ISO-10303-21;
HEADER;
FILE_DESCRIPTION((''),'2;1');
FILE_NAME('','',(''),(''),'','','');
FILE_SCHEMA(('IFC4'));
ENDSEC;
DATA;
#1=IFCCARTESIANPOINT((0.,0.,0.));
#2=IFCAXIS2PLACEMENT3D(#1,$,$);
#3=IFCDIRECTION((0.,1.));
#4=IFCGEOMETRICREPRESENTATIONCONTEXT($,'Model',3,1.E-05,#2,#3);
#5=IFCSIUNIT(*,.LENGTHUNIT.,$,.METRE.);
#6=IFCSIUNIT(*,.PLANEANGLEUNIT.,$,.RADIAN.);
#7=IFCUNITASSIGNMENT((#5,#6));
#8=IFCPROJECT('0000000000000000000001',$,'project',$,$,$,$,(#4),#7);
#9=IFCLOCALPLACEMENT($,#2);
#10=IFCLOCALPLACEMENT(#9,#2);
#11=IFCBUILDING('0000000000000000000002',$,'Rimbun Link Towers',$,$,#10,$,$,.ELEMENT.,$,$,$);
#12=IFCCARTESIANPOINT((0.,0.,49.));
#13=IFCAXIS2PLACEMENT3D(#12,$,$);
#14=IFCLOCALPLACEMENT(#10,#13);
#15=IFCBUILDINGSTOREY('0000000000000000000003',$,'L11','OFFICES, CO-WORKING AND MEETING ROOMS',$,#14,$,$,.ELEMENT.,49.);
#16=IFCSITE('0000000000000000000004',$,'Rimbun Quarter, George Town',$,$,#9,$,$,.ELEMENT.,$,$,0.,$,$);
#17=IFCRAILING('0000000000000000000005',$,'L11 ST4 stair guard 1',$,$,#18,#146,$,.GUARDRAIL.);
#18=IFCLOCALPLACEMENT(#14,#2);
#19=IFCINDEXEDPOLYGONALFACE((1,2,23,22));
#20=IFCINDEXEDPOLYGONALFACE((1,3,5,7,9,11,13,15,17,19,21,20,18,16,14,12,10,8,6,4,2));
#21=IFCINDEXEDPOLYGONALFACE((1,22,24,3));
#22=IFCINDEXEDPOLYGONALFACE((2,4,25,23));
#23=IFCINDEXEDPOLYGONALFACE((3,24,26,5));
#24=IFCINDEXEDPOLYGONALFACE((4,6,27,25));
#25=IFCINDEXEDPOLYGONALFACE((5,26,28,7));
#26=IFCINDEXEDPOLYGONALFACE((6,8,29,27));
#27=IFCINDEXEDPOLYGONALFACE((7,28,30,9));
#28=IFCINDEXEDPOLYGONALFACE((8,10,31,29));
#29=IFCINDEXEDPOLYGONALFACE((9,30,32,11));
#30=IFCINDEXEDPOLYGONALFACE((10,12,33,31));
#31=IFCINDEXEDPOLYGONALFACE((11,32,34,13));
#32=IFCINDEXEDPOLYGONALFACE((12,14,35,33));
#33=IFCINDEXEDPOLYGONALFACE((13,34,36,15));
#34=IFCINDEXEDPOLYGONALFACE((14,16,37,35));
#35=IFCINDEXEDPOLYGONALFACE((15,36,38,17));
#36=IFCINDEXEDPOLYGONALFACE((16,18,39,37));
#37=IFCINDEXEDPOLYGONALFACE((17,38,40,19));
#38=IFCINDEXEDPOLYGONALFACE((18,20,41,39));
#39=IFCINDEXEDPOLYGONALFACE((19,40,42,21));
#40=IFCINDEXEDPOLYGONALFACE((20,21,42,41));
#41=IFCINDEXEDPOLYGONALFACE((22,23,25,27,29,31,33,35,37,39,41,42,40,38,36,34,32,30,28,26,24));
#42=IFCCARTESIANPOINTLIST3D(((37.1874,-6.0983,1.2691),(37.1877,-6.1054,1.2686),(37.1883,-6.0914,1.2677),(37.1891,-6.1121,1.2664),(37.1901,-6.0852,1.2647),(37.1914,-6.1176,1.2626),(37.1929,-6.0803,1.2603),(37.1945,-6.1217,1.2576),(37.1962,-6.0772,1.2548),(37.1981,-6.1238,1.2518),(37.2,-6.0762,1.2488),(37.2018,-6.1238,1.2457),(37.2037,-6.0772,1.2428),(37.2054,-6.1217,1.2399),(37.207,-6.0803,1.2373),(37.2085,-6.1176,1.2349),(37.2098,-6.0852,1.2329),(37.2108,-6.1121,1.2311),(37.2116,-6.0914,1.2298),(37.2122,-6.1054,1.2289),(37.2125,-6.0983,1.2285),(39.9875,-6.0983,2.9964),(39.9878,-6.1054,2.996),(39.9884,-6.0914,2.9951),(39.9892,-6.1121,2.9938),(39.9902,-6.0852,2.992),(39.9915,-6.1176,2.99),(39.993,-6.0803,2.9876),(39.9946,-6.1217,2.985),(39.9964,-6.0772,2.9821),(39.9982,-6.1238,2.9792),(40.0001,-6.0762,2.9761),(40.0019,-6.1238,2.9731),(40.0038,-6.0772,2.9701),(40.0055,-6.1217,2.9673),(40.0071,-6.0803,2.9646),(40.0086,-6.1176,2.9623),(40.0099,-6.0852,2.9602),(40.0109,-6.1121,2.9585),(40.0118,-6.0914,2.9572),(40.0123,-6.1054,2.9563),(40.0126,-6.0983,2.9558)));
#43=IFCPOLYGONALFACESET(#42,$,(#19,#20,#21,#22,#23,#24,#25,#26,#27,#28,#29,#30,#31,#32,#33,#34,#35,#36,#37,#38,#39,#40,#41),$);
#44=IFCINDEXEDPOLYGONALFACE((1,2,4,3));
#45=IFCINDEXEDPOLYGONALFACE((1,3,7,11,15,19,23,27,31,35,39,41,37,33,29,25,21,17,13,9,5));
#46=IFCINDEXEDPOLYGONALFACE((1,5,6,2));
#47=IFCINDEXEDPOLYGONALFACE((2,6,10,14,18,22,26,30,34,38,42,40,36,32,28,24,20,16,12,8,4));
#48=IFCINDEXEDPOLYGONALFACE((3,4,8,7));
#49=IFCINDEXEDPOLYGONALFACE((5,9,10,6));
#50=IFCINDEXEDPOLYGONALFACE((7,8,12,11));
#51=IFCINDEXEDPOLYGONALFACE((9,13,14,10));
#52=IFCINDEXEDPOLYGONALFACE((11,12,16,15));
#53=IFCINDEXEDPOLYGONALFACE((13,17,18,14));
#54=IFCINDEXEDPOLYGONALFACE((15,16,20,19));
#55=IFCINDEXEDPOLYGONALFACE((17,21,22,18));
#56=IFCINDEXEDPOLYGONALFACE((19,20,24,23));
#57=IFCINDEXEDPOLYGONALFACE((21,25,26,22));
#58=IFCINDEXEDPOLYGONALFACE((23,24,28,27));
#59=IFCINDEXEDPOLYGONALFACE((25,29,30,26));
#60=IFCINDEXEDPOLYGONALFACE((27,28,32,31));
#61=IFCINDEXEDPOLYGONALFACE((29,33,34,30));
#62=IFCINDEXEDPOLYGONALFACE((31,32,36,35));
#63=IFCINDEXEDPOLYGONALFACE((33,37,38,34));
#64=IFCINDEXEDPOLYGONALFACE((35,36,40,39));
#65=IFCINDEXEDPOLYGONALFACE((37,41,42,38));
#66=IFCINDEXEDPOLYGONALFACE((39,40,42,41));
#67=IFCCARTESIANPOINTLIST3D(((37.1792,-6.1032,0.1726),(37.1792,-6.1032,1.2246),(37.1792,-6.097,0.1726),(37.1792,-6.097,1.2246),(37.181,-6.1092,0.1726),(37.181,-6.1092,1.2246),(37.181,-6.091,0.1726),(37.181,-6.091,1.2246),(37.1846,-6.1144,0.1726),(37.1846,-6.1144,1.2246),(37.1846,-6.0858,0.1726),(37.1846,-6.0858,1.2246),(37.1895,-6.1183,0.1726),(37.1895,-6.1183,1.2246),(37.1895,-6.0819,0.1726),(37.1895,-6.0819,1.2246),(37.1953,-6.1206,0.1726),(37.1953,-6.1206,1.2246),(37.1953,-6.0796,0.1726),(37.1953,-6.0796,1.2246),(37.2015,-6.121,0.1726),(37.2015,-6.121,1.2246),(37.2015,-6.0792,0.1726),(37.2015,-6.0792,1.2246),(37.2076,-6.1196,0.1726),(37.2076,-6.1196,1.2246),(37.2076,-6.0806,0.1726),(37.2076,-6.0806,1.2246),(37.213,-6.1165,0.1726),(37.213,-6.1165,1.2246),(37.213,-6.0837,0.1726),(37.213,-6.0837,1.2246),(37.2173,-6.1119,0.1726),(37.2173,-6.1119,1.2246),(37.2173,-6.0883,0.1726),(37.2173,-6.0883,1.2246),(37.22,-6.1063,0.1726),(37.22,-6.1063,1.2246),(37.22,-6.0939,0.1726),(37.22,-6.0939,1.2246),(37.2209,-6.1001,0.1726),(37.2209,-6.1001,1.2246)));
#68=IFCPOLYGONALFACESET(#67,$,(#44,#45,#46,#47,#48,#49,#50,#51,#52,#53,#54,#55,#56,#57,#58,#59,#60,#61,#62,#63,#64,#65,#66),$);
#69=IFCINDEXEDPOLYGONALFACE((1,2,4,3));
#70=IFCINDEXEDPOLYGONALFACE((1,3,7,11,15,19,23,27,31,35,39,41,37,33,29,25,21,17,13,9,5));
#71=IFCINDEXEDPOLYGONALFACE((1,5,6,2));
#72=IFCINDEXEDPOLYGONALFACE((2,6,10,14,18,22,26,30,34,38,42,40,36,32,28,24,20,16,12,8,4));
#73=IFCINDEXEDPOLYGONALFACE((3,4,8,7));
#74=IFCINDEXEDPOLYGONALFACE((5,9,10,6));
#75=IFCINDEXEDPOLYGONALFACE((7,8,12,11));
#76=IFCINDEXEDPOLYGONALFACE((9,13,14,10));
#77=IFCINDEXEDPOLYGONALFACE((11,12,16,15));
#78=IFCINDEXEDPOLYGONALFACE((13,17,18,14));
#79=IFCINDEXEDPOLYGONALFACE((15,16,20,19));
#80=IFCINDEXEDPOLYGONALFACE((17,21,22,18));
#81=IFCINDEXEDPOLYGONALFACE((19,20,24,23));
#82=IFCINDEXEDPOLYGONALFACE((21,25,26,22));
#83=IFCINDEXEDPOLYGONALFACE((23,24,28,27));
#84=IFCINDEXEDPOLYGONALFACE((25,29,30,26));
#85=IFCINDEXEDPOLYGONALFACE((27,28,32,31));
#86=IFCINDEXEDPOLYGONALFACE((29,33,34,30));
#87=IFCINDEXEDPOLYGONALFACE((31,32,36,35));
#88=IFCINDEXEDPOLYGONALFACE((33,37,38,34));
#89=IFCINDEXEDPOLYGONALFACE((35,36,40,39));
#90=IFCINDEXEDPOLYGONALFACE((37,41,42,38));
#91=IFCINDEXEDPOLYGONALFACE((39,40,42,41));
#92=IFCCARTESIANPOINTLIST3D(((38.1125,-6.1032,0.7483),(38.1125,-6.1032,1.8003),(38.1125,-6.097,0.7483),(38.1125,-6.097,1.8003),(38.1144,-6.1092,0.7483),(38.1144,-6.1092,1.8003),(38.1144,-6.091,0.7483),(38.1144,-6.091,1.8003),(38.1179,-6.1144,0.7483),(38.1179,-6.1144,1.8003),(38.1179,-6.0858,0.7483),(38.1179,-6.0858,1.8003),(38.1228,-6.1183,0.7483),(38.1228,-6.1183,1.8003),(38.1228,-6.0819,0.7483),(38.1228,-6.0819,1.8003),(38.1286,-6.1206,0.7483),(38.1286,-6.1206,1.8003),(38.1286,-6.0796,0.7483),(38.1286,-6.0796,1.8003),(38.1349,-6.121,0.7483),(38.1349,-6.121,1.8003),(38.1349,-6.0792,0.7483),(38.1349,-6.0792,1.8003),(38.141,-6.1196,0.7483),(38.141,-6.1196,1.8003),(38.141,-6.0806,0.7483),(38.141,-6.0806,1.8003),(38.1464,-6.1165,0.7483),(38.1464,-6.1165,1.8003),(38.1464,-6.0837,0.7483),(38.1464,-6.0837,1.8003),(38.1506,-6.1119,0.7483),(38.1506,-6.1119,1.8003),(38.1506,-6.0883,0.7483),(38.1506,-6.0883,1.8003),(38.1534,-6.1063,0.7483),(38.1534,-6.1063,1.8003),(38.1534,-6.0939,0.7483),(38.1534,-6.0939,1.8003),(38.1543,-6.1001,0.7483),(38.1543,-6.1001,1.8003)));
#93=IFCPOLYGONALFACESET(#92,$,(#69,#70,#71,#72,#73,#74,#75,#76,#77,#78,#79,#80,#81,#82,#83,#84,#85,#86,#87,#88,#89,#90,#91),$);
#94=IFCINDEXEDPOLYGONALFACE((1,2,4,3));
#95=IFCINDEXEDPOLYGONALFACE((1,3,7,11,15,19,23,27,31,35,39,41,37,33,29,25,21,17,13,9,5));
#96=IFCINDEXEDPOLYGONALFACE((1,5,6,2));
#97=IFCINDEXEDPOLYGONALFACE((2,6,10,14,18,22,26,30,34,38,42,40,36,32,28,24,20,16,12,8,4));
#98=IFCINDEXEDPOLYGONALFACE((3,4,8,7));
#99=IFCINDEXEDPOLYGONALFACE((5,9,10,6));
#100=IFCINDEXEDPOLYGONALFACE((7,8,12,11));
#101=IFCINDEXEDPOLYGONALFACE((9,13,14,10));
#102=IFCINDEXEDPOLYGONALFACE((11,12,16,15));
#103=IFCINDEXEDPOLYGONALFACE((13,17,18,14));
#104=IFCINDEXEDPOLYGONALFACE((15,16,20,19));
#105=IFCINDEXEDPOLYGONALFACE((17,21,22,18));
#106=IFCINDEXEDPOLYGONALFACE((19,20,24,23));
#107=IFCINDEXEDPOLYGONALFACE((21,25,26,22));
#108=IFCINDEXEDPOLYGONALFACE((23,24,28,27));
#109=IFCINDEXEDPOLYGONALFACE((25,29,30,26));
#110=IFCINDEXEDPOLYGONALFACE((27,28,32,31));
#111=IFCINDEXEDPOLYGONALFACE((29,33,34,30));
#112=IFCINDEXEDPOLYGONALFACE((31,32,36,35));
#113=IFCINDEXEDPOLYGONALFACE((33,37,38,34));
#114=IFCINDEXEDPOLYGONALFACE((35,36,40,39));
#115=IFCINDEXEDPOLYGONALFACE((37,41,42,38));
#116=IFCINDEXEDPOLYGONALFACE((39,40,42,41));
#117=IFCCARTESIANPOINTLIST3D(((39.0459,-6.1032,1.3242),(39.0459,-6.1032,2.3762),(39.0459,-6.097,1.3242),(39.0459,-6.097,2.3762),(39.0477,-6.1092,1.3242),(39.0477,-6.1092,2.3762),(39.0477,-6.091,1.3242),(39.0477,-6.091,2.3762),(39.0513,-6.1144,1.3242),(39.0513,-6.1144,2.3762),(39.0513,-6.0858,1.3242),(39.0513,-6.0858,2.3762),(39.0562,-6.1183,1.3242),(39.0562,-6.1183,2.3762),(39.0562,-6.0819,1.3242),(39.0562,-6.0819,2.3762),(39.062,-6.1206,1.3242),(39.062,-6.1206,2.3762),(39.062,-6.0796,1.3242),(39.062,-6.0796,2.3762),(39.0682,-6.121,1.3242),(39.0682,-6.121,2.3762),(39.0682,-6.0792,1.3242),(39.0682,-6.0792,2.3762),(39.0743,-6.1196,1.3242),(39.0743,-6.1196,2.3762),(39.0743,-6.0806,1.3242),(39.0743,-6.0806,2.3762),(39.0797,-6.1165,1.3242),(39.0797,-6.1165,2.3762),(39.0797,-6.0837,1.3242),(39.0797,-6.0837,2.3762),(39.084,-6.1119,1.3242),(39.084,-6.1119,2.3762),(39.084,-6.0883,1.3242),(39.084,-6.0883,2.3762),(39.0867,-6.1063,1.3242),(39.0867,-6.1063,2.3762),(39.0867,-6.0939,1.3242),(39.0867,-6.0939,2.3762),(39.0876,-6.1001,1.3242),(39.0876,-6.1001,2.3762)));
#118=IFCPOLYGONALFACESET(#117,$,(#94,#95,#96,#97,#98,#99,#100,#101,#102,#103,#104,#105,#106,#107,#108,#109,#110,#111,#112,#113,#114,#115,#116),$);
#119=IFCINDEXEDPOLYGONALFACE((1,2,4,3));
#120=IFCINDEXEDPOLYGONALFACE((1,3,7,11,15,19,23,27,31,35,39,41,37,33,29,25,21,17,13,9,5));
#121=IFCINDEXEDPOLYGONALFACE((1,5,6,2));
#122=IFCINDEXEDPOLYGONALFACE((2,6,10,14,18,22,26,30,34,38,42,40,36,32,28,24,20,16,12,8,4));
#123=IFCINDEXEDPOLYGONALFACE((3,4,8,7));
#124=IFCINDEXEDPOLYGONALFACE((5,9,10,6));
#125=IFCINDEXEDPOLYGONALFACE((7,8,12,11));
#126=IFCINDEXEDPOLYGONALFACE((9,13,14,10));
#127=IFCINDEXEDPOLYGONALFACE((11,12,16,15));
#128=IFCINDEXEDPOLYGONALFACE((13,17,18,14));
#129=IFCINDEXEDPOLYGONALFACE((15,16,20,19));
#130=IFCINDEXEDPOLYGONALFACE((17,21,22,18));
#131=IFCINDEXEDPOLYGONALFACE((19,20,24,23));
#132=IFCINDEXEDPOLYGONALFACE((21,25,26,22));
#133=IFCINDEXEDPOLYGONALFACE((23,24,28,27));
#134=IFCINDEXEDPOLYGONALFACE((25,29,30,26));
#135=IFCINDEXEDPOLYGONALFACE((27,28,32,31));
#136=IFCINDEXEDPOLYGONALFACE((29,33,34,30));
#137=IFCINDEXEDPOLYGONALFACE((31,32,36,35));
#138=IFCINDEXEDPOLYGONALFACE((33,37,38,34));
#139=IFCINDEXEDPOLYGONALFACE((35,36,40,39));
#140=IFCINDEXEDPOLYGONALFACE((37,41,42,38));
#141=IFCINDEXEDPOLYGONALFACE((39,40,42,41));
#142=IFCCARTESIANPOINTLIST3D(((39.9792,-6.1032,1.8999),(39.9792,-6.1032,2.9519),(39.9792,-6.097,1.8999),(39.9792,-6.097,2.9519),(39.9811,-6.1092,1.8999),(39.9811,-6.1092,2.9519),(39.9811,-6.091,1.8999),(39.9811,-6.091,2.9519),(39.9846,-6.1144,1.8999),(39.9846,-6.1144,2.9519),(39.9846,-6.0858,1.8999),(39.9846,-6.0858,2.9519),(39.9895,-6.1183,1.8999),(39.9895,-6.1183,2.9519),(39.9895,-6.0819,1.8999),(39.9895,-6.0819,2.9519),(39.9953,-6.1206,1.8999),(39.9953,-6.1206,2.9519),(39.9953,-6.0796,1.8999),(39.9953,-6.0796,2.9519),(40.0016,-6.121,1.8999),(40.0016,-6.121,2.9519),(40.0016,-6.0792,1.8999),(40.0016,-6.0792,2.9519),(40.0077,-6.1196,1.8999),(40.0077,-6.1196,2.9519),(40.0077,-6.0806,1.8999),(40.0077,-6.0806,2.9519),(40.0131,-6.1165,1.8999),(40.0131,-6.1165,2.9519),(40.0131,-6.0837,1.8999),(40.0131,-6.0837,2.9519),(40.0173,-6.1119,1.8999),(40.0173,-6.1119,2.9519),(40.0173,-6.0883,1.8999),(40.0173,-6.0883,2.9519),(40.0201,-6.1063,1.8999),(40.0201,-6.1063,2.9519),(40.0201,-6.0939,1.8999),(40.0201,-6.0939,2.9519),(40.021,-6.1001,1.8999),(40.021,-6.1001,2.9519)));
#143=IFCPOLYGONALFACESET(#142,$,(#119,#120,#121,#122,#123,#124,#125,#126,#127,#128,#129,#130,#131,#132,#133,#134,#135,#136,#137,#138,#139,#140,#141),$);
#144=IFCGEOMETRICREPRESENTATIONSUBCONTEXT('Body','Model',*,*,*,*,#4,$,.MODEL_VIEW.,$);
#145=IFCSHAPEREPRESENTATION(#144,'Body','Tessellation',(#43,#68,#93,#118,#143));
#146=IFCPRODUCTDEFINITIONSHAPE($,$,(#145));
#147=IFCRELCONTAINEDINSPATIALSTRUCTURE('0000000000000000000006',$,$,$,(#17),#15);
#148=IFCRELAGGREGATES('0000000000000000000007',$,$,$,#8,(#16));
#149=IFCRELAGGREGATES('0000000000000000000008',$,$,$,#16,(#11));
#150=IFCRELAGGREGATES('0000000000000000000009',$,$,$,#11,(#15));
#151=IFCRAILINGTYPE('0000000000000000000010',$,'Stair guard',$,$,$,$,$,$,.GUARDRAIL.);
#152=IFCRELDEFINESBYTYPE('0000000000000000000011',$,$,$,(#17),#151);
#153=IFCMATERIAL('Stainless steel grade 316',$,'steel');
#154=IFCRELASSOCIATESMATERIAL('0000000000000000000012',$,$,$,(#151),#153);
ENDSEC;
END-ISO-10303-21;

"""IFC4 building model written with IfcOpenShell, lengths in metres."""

from ifc_helpers import new_model, si_unit, direction, frame, origin, origin_2d, place, context, subcontext, project, spatial, circle, extrude, material, type_object, element, save


model = new_model("IFC4")

# Units and contexts
model_context = context("Model", 3, precision=1e-05, world=origin(), true_north=direction((0.0, 1.0)))
body_context = subcontext(model_context, "Body", "Model", "MODEL_VIEW")
ifc_project = project(units=[si_unit("LENGTHUNIT", "METRE"), si_unit("PLANEANGLEUNIT", "RADIAN")], contexts=[model_context])

# Site, building, storey
site_placement = place(None, origin())
site = spatial("IfcSite", under=ifc_project, at=site_placement, Name="Rimbun Quarter, George Town", CompositionType="ELEMENT", RefElevation=0.0)
building_placement = place(site_placement, origin())
building = spatial("IfcBuilding", under=site, at=building_placement, Name="Rimbun Link Towers", CompositionType="ELEMENT")
storey_placement = place(building_placement, frame((0.0, 0.0, 49.0)))
storey = spatial("IfcBuildingStorey", under=building, at=storey_placement, Name="L11", Description="OFFICES, CO-WORKING AND MEETING ROOMS", CompositionType="ELEMENT", Elevation=49.0)

# Railing
ifc_material_1 = material(Name="Stainless steel grade 316", Category="steel")
railing_type_1 = type_object("IfcRailingType", Name="Stair guard", PredefinedType="GUARDRAIL", material=ifc_material_1)
railing_1_placement = place(storey_placement, frame((37.2, -6.1001, 0.1726)))
element("IfcRailing", 1, at=railing_1_placement, inside=storey, type_object=railing_type_1, Name="L11 ST4 stair guard 1", PredefinedType="GUARDRAIL", context=body_context, shape_type="SweptSolid", body=[
    extrude(circle(Radius=0.0239, at=origin_2d()), frame((0.0, 0.0, 1.0762), z_axis=(0.85109, 0.0, 0.52502), x_axis=(0.0, 1.0, 0.0)), (0.0, 0.0, 1.0), 3.29),
    extrude(circle(Radius=0.021, at=origin_2d()), origin(), (0.0, 0.0, 1.0), 1.052),
    extrude(circle(Radius=0.021, at=origin_2d()), frame((0.9333, 0.0, 0.5757)), (0.0, 0.0, 1.0), 1.052),
    extrude(circle(Radius=0.021, at=origin_2d()), frame((1.8667, 0.0, 1.1516)), (0.0, 0.0, 1.0), 1.052),
    extrude(circle(Radius=0.021, at=origin_2d()), frame((2.8, 0.0, 1.7273)), (0.0, 0.0, 1.0), 1.052),
])

save(model, "model.ifc")
